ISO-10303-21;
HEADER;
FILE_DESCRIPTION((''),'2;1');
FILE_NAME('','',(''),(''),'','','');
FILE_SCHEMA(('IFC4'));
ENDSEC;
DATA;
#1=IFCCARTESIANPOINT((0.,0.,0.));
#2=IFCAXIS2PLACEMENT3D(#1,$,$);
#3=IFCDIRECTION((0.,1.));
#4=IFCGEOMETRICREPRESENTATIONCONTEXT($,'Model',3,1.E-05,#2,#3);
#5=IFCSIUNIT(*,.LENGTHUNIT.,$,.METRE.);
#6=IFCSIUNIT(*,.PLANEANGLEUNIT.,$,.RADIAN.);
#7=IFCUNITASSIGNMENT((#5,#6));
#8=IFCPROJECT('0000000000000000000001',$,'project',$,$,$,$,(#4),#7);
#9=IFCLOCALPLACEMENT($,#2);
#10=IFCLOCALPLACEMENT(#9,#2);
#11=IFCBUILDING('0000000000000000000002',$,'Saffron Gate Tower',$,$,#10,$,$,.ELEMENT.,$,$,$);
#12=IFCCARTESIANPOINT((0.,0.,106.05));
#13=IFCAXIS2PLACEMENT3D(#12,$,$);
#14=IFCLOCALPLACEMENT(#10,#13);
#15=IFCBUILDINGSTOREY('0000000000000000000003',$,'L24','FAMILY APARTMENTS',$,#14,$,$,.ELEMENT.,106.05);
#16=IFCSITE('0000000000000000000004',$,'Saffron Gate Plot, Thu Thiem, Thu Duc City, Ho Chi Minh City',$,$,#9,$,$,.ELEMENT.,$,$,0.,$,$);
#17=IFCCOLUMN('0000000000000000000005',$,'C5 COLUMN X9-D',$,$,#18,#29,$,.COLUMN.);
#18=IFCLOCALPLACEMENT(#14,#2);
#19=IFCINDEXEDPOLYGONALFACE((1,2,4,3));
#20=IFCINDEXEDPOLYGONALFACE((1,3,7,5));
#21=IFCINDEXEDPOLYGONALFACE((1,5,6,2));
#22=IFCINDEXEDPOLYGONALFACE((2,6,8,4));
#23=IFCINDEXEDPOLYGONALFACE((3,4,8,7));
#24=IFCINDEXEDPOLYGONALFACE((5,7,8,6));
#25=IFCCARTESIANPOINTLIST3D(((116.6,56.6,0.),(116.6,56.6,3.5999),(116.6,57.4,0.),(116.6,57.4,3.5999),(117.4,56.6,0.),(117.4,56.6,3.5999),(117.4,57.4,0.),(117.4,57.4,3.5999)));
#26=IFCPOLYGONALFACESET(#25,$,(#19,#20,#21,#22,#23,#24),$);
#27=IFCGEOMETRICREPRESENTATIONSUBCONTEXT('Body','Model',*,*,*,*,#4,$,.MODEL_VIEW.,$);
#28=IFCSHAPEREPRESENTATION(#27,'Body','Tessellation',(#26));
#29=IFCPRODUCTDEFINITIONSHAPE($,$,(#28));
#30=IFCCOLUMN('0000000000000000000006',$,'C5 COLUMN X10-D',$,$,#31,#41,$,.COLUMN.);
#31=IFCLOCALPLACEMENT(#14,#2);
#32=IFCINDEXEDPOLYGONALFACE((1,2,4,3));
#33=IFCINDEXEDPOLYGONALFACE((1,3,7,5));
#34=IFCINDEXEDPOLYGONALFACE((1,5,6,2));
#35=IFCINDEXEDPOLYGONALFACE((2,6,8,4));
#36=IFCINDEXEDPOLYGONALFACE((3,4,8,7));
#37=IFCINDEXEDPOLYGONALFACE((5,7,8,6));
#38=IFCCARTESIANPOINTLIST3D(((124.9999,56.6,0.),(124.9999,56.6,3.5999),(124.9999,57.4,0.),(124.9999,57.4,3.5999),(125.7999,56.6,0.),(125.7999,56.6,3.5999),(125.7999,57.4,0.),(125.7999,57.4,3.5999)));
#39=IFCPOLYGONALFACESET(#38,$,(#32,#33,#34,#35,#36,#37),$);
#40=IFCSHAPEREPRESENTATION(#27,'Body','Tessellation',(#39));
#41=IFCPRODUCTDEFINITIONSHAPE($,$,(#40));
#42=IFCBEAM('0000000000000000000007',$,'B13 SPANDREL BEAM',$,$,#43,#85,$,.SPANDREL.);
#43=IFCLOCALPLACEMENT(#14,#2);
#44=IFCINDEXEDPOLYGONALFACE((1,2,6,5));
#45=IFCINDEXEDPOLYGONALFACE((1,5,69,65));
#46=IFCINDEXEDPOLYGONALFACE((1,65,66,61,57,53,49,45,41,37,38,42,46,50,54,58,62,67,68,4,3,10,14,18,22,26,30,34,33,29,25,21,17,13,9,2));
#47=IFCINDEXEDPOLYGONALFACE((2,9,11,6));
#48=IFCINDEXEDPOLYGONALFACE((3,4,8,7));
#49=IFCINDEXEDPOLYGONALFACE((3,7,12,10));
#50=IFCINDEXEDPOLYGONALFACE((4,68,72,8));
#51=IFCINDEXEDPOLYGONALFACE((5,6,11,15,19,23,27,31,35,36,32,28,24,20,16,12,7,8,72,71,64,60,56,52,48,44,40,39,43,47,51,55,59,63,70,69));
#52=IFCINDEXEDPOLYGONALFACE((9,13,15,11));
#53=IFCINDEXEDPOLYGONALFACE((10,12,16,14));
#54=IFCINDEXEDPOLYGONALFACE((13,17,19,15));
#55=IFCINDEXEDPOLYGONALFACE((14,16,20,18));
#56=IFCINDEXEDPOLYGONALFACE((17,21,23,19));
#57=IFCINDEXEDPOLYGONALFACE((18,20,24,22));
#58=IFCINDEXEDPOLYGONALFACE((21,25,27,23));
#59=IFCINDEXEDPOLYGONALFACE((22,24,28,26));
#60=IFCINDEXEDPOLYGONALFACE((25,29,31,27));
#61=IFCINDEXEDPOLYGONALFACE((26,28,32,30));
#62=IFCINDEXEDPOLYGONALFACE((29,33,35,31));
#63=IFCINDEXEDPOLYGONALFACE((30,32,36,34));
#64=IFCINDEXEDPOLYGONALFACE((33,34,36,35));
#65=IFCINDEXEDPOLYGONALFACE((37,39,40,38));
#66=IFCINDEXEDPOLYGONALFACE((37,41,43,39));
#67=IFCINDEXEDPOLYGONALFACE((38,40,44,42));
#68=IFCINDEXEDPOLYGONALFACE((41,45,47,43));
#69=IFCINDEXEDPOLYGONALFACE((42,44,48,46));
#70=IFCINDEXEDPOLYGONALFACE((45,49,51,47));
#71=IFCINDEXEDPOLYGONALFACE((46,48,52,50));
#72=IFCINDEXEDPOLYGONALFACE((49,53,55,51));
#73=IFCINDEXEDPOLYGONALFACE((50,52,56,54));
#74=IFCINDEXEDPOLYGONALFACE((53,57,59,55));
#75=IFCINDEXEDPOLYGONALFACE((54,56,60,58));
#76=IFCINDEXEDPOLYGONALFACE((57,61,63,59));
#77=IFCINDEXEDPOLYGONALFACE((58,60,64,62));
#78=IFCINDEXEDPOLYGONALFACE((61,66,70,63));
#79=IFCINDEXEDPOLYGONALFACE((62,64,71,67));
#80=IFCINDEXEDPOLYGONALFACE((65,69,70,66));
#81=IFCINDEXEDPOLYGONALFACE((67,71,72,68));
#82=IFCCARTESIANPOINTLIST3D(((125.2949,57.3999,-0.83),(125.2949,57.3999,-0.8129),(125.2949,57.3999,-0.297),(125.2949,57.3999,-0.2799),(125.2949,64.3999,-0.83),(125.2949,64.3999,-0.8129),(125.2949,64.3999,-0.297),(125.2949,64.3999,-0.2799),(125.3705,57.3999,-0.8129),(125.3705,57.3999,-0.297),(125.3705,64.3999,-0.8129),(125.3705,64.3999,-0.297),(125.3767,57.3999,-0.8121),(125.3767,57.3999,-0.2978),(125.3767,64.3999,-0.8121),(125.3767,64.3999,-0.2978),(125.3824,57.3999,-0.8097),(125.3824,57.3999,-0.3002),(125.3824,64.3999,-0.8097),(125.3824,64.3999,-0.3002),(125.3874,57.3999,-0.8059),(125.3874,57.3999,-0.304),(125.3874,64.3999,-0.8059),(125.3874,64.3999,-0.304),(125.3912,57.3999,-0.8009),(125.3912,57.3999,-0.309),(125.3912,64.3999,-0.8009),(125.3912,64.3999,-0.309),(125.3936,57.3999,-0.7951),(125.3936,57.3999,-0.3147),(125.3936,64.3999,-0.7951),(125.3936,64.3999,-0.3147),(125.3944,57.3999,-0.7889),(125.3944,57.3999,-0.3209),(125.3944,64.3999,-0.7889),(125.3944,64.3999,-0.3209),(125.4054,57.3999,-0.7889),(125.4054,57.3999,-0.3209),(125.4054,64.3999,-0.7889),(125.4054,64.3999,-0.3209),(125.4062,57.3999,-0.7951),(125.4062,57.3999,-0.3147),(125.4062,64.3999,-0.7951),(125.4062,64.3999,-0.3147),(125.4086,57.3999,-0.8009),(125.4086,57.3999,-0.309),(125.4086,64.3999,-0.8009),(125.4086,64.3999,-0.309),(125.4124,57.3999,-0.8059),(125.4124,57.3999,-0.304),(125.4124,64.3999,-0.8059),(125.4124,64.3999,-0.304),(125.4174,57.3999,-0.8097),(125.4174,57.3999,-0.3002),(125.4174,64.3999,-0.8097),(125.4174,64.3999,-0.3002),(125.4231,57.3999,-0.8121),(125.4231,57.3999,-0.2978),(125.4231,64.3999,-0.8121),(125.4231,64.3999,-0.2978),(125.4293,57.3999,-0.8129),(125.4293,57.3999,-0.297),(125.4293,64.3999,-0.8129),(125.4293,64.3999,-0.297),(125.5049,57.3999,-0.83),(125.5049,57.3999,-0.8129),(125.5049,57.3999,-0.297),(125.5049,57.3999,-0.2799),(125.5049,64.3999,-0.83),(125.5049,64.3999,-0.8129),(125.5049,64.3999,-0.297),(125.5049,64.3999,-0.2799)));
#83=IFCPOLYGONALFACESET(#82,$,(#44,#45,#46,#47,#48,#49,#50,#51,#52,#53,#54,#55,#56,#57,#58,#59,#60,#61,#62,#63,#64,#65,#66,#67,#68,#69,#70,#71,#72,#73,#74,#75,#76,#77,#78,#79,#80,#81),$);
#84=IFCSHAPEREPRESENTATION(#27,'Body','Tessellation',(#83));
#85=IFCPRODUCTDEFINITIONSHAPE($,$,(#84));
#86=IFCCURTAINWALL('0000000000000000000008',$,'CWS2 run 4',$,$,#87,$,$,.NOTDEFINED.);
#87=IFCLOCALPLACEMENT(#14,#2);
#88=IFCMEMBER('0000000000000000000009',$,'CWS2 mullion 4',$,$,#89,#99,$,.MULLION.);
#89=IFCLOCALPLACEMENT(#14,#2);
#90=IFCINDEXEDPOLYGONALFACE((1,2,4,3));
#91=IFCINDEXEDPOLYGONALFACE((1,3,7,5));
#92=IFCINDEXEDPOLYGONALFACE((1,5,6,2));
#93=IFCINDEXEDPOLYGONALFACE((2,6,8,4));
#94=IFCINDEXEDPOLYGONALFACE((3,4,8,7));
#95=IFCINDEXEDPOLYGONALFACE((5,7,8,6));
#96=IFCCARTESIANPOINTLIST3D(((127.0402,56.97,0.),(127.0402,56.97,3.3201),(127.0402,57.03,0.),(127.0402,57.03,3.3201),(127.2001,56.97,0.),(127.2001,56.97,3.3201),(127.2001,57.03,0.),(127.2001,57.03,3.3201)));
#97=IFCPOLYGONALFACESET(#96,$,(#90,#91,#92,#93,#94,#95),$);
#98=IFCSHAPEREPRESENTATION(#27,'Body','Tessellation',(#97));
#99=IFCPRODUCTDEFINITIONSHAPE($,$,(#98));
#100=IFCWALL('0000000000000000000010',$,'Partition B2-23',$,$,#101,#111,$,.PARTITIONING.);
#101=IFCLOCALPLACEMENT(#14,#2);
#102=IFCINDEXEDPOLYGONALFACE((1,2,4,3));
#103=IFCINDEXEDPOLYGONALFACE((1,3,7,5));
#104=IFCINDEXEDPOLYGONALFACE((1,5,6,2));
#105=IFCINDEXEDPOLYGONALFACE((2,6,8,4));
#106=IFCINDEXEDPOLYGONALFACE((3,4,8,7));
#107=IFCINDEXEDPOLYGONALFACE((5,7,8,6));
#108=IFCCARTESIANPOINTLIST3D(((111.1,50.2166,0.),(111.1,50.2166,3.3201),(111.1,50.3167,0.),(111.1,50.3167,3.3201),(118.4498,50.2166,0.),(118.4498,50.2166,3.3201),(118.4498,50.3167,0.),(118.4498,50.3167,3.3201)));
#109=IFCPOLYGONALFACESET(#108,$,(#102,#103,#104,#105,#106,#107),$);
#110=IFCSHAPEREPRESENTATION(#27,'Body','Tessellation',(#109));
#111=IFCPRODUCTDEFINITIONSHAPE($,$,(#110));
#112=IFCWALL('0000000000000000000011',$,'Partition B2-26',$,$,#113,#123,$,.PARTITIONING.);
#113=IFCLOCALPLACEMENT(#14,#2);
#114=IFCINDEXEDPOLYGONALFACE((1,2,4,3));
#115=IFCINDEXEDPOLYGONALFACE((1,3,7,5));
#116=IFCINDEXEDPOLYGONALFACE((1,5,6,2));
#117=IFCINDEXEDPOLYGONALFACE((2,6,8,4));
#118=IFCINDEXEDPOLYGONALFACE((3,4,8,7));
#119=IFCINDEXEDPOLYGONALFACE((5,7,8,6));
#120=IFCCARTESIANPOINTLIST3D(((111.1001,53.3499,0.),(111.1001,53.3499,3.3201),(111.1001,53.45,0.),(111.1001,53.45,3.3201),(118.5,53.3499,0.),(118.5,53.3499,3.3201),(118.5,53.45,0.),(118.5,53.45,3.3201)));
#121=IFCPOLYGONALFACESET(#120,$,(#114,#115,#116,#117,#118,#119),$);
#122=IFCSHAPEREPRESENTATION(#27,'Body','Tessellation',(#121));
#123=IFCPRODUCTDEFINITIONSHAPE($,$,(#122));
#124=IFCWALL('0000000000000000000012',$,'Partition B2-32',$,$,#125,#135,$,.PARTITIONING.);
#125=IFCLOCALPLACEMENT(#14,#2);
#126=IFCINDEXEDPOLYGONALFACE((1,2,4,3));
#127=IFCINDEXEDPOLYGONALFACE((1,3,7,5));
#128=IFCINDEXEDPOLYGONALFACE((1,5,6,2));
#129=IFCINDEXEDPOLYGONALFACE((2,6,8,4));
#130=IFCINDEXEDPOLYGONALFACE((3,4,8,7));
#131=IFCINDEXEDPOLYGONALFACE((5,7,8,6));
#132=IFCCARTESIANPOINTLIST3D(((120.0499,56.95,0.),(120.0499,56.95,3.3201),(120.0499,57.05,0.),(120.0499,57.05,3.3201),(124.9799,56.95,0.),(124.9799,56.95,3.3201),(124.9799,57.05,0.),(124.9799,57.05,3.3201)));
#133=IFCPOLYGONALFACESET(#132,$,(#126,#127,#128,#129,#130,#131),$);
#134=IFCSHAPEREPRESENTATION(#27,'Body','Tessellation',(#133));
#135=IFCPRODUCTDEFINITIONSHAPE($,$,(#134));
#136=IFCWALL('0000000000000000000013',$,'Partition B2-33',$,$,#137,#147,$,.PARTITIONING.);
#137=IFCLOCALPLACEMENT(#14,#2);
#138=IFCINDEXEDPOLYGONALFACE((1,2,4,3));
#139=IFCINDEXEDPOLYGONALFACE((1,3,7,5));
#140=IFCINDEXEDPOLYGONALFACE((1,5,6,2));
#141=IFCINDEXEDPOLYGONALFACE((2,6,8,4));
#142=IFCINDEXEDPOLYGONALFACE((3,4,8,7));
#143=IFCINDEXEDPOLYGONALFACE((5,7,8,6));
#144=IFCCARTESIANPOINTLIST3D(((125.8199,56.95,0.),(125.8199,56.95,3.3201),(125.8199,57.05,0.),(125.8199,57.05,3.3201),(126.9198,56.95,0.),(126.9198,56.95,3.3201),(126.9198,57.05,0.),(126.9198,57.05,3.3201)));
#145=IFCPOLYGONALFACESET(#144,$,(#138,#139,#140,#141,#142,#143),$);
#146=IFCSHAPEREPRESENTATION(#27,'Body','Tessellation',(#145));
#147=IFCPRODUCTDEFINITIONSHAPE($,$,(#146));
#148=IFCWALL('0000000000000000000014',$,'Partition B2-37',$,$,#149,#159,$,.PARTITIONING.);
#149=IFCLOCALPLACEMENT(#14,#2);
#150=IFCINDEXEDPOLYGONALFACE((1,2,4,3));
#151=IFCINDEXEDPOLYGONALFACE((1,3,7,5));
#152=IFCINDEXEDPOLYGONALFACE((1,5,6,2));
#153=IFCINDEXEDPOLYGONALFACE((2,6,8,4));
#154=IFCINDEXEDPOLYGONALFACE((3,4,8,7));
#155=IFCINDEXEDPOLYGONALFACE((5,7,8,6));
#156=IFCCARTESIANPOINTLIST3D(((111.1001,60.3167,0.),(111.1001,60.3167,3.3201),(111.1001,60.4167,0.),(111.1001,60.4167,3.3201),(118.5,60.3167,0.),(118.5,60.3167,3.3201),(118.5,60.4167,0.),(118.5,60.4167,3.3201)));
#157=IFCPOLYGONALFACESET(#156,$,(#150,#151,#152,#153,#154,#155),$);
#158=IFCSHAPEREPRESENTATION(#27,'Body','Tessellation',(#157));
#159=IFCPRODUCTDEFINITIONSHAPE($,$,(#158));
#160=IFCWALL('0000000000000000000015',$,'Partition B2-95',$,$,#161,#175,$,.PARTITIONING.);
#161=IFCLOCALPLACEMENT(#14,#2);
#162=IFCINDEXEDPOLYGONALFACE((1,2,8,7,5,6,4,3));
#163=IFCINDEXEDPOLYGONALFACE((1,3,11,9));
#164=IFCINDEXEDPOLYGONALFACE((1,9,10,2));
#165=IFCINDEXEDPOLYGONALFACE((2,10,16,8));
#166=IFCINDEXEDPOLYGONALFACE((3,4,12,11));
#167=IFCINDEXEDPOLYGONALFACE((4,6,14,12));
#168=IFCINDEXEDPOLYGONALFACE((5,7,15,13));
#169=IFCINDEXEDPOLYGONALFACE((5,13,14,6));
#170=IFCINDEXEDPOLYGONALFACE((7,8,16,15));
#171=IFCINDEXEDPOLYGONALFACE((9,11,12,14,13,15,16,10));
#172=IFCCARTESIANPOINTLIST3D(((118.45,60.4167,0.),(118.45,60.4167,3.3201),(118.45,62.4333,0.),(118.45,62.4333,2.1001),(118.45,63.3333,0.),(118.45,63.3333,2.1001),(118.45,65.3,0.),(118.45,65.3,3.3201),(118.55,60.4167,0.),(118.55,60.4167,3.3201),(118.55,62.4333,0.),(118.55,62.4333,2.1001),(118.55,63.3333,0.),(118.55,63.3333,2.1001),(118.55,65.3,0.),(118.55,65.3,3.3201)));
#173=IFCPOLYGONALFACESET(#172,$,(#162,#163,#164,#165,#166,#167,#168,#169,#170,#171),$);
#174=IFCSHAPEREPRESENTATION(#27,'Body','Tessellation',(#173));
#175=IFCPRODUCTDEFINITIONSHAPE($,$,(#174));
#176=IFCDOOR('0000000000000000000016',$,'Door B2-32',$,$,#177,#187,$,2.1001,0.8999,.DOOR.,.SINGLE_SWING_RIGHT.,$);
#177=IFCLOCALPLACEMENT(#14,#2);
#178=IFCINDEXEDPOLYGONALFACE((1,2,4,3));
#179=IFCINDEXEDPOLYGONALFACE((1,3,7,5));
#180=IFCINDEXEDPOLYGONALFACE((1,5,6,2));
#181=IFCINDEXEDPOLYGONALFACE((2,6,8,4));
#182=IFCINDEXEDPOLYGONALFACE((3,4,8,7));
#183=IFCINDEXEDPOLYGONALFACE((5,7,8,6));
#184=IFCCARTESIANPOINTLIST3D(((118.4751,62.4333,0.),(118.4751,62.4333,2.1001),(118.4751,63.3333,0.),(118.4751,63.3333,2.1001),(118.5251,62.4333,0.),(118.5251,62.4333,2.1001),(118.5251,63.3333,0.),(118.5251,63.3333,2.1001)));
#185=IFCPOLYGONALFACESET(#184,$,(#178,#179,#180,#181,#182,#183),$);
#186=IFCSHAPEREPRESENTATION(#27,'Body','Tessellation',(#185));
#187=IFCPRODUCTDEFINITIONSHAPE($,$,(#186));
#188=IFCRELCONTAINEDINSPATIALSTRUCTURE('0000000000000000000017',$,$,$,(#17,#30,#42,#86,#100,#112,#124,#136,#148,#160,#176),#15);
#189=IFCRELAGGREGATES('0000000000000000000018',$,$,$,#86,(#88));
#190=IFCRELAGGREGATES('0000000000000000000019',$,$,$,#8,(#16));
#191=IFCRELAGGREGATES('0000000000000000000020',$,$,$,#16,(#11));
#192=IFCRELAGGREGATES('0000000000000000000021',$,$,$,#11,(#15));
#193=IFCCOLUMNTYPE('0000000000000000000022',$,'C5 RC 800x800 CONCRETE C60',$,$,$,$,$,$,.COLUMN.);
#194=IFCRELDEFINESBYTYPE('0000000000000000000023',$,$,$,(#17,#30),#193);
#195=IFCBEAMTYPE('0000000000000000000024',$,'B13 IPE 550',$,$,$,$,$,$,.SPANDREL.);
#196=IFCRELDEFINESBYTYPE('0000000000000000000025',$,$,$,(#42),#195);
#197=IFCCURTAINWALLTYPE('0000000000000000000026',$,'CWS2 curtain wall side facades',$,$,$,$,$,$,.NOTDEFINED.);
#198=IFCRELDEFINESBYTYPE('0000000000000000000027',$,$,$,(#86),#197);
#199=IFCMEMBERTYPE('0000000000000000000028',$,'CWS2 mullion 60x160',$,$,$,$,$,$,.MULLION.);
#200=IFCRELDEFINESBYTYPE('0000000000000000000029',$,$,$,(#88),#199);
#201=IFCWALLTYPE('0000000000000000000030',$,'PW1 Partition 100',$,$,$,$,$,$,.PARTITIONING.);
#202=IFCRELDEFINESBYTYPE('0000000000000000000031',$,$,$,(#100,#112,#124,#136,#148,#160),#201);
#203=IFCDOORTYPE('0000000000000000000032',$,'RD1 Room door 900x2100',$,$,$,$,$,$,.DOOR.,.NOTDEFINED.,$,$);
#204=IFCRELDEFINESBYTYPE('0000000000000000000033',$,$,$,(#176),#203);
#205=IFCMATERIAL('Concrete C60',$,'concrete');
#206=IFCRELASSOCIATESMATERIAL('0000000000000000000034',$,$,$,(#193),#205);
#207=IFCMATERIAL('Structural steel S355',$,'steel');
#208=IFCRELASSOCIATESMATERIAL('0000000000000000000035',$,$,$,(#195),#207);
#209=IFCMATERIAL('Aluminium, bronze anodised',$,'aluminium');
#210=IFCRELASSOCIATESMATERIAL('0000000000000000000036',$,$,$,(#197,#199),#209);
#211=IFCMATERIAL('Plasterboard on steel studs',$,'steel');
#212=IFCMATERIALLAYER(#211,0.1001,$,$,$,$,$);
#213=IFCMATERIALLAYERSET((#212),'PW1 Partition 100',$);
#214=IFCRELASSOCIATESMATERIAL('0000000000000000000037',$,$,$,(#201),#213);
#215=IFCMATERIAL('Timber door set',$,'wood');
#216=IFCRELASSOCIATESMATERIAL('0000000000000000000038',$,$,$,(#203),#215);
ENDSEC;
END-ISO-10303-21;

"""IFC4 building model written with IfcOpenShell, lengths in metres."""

from ifc_helpers import new_model, si_unit, direction, frame, frame_2d, origin, origin_2d, place, context, subcontext, project, spatial, rectangle, i_section, extrude, material, layer, layer_set, material_profile, profile_set, type_object, element, fill, aggregate, save


model = new_model("IFC4")

# Units and contexts
model_context = context("Model", 3, precision=1e-05, world=origin(), true_north=direction((0.0, 1.0)))
body_context = subcontext(model_context, "Body", "Model", "MODEL_VIEW")
ifc_project = project(units=[si_unit("LENGTHUNIT", "METRE"), si_unit("PLANEANGLEUNIT", "RADIAN")], contexts=[model_context])

# Site, building, storey
site_placement = place(None, origin())
site = spatial("IfcSite", under=ifc_project, at=site_placement, Name="Saffron Gate Plot, Thu Thiem, Thu Duc City, Ho Chi Minh City", CompositionType="ELEMENT", RefElevation=0.0)
building_placement = place(site_placement, origin())
building = spatial("IfcBuilding", under=site, at=building_placement, Name="Saffron Gate Tower", CompositionType="ELEMENT")
storey_placement = place(building_placement, frame((0.0, 0.0, 106.05)))
storey = spatial("IfcBuildingStorey", under=building, at=storey_placement, Name="L24", Description="FAMILY APARTMENTS", CompositionType="ELEMENT", Elevation=106.05)

# Columns
ifc_material_1 = material(Name="Concrete C60", Category="concrete")
ifc_material_profile_1 = material_profile(ifc_material_1, rectangle(XDim=0.8, YDim=0.8, at=origin_2d()))
ifc_profile_set_1 = profile_set([ifc_material_profile_1], Name="Concrete C60")
column_type = type_object("IfcColumnType", Name="C5 RC 800x800 CONCRETE C60", PredefinedType="COLUMN", material=ifc_profile_set_1)
for number, where, z_axis, x_axis, name in (
    (1, (117.0, 57.0, 0.0), (0.0, 0.0, 1.0), (1.0, 0.0, 0.0), "C5 COLUMN X9-D"),
    (2, (125.3999, 57.0, 0.0), (0.0, 0.0, 1.0), (1.0, 0.0, 0.0), "C5 COLUMN X10-D"),
):
    element("IfcColumn", number, at=place(storey_placement, frame(where, z_axis=z_axis, x_axis=x_axis)), inside=storey, type_object=column_type, Name=name, PredefinedType="COLUMN", context=body_context, shape_type="SweptSolid", body=[
        extrude(rectangle(XDim=0.8, YDim=0.8, at=origin_2d()), origin(), (0.0, 0.0, 1.0), 3.5999),
    ])

# Beam
ifc_material_2 = material(Name="Structural steel S355", Category="steel")
ifc_material_profile_2 = material_profile(ifc_material_2, i_section(OverallWidth=0.21, OverallDepth=0.55, WebThickness=0.011, FlangeThickness=0.0171, FilletRadius=0.0239, at=origin_2d()))
ifc_profile_set_2 = profile_set([ifc_material_profile_2], Name="Structural steel S355")
beam_type = type_object("IfcBeamType", Name="B13 IPE 550", PredefinedType="SPANDREL", material=ifc_profile_set_2)
beam_placement = place(storey_placement, frame((125.3999, 57.3999, -0.5549), z_axis=(0.0, 1.0, 0.0), x_axis=(-1.0, 0.0, 0.0)))
element("IfcBeam", 3, at=beam_placement, inside=storey, type_object=beam_type, Name="B13 SPANDREL BEAM", PredefinedType="SPANDREL", context=body_context, shape_type="SweptSolid", body=[
    extrude(i_section(OverallWidth=0.21, OverallDepth=0.55, WebThickness=0.011, FlangeThickness=0.0171, FilletRadius=0.0239, at=origin_2d()), origin(), (0.0, 0.0, 1.0), 7.0),
])

# Curtain wall, member
ifc_material_3 = material(Name="Aluminium, bronze anodised", Category="aluminium")
curtain_wall_type = type_object("IfcCurtainWallType", Name="CWS2 curtain wall side facades", PredefinedType="NOTDEFINED", material=ifc_material_3)
curtain_wall_placement = place(storey_placement, origin())
curtain_wall = element("IfcCurtainWall", 4, at=curtain_wall_placement, inside=storey, type_object=curtain_wall_type, Name="CWS2 run 4", PredefinedType="NOTDEFINED")
ifc_material_profile_3 = material_profile(ifc_material_3, rectangle(XDim=0.1599, YDim=0.0601, at=origin_2d()))
ifc_profile_set_3 = profile_set([ifc_material_profile_3], Name="Aluminium, bronze anodised")
member_type = type_object("IfcMemberType", Name="CWS2 mullion 60x160", PredefinedType="MULLION", material=ifc_profile_set_3)
member_placement = place(storey_placement, frame((127.1201, 57.0, 0.0), z_axis=(0.0, 0.0, 1.0), x_axis=(-1.0, 0.0, 0.0)))
member = element("IfcMember", 5, at=member_placement, type_object=member_type, Name="CWS2 mullion 4", PredefinedType="MULLION", context=body_context, shape_type="SweptSolid", body=[
    extrude(rectangle(XDim=0.1599, YDim=0.0601, at=origin_2d()), origin(), (0.0, 0.0, 1.0), 3.3201),
])
aggregate(curtain_wall, [member])

# Walls
ifc_material_4 = material(Name="Plasterboard on steel studs", Category="steel")
ifc_layer_1 = layer(ifc_material_4, 0.1001)
ifc_layer_set_1 = layer_set([ifc_layer_1], Name="PW1 Partition 100")
wall_type_1 = type_object("IfcWallType", Name="PW1 Partition 100", PredefinedType="PARTITIONING", material=ifc_layer_set_1)
wall_1_placement = place(storey_placement, frame((111.1001, 50.2666, 0.0), z_axis=(0.0, 0.0, 1.0), x_axis=(1.0, 0.0, 0.0)))
element("IfcWall", 6, at=wall_1_placement, inside=storey, type_object=wall_type_1, Name="Partition B2-23", PredefinedType="PARTITIONING", context=body_context, shape_type="SweptSolid", body=[
    extrude(rectangle(XDim=7.3499, YDim=0.1001, at=frame_2d((3.6748, 0.0))), origin(), (0.0, 0.0, 1.0), 3.3201),
])
wall_2_placement = place(storey_placement, frame((111.1001, 53.3999, 0.0), z_axis=(0.0, 0.0, 1.0), x_axis=(1.0, 0.0, 0.0)))
element("IfcWall", 7, at=wall_2_placement, inside=storey, type_object=wall_type_1, Name="Partition B2-26", PredefinedType="PARTITIONING", context=body_context, shape_type="SweptSolid", body=[
    extrude(rectangle(XDim=7.3999, YDim=0.1001, at=frame_2d((3.7, 0.0))), origin(), (0.0, 0.0, 1.0), 3.3201),
])
wall_3_placement = place(storey_placement, frame((120.05, 57.0, 0.0), z_axis=(0.0, 0.0, 1.0), x_axis=(1.0, 0.0, 0.0)))
element("IfcWall", 8, at=wall_3_placement, inside=storey, type_object=wall_type_1, Name="Partition B2-32", PredefinedType="PARTITIONING", context=body_context, shape_type="SweptSolid", body=[
    extrude(rectangle(XDim=4.9299, YDim=0.1001, at=frame_2d((2.4648, 0.0))), origin(), (0.0, 0.0, 1.0), 3.3201),
])
wall_4_placement = place(storey_placement, frame((125.8201, 57.0, 0.0), z_axis=(0.0, 0.0, 1.0), x_axis=(1.0, 0.0, 0.0)))
element("IfcWall", 9, at=wall_4_placement, inside=storey, type_object=wall_type_1, Name="Partition B2-33", PredefinedType="PARTITIONING", context=body_context, shape_type="SweptSolid", body=[
    extrude(rectangle(XDim=1.0999, YDim=0.1001, at=frame_2d((0.5498, 0.0))), origin(), (0.0, 0.0, 1.0), 3.3201),
])
wall_5_placement = place(storey_placement, frame((111.1001, 60.3667, 0.0), z_axis=(0.0, 0.0, 1.0), x_axis=(1.0, 0.0, 0.0)))
element("IfcWall", 10, at=wall_5_placement, inside=storey, type_object=wall_type_1, Name="Partition B2-37", PredefinedType="PARTITIONING", context=body_context, shape_type="SweptSolid", body=[
    extrude(rectangle(XDim=7.3999, YDim=0.1001, at=frame_2d((3.7, 0.0))), origin(), (0.0, 0.0, 1.0), 3.3201),
])

# Wall, opening, door
wall_6_placement = place(storey_placement, frame((118.5, 60.4167, 0.0), z_axis=(0.0, 0.0, 1.0), x_axis=(0.0, 1.0, 0.0)))
wall_6 = element("IfcWall", 11, at=wall_6_placement, inside=storey, type_object=wall_type_1, Name="Partition B2-95", PredefinedType="PARTITIONING", context=body_context, shape_type="SweptSolid", body=[
    extrude(rectangle(XDim=4.8833, YDim=0.1001, at=frame_2d((2.4417, 0.0))), origin(), (0.0, 0.0, 1.0), 3.3201),
])
opening_1_placement = place(wall_6_placement, frame((2.0166, 0.0, 0.0)))
opening_1 = element("IfcOpeningElement", 12, at=opening_1_placement, cuts=wall_6, PredefinedType="OPENING", context=body_context, shape_type="SweptSolid", body=[
    extrude(rectangle(XDim=0.8999, YDim=2.1001, at=frame_2d((0.45, 1.05))), frame((0.0, 0.0601, 0.0), z_axis=(0.0, -1.0, 0.0), x_axis=(1.0, 0.0, 0.0)), (0.0, 0.0, 1.0), 0.1201),
])
ifc_material_5 = material(Name="Timber door set", Category="wood")
door_type_1 = type_object("IfcDoorType", Name="RD1 Room door 900x2100", OperationType="NOTDEFINED", PredefinedType="DOOR", material=ifc_material_5)
door_1_placement = place(opening_1_placement, origin())
door_1 = element("IfcDoor", 13, at=door_1_placement, inside=storey, type_object=door_type_1, Name="Door B2-32", OperationType="SINGLE_SWING_RIGHT", OverallHeight=2.1001, OverallWidth=0.8999, PredefinedType="DOOR", context=body_context, shape_type="SweptSolid", body=[
    extrude(rectangle(XDim=0.8999, YDim=2.1001, at=frame_2d((0.45, 1.05))), frame((0.0, 0.0249, 0.0), z_axis=(0.0, -1.0, 0.0), x_axis=(1.0, 0.0, 0.0)), (0.0, 0.0, 1.0), 0.05),
])
fill(opening_1, door_1)

save(model, "model.ifc")
